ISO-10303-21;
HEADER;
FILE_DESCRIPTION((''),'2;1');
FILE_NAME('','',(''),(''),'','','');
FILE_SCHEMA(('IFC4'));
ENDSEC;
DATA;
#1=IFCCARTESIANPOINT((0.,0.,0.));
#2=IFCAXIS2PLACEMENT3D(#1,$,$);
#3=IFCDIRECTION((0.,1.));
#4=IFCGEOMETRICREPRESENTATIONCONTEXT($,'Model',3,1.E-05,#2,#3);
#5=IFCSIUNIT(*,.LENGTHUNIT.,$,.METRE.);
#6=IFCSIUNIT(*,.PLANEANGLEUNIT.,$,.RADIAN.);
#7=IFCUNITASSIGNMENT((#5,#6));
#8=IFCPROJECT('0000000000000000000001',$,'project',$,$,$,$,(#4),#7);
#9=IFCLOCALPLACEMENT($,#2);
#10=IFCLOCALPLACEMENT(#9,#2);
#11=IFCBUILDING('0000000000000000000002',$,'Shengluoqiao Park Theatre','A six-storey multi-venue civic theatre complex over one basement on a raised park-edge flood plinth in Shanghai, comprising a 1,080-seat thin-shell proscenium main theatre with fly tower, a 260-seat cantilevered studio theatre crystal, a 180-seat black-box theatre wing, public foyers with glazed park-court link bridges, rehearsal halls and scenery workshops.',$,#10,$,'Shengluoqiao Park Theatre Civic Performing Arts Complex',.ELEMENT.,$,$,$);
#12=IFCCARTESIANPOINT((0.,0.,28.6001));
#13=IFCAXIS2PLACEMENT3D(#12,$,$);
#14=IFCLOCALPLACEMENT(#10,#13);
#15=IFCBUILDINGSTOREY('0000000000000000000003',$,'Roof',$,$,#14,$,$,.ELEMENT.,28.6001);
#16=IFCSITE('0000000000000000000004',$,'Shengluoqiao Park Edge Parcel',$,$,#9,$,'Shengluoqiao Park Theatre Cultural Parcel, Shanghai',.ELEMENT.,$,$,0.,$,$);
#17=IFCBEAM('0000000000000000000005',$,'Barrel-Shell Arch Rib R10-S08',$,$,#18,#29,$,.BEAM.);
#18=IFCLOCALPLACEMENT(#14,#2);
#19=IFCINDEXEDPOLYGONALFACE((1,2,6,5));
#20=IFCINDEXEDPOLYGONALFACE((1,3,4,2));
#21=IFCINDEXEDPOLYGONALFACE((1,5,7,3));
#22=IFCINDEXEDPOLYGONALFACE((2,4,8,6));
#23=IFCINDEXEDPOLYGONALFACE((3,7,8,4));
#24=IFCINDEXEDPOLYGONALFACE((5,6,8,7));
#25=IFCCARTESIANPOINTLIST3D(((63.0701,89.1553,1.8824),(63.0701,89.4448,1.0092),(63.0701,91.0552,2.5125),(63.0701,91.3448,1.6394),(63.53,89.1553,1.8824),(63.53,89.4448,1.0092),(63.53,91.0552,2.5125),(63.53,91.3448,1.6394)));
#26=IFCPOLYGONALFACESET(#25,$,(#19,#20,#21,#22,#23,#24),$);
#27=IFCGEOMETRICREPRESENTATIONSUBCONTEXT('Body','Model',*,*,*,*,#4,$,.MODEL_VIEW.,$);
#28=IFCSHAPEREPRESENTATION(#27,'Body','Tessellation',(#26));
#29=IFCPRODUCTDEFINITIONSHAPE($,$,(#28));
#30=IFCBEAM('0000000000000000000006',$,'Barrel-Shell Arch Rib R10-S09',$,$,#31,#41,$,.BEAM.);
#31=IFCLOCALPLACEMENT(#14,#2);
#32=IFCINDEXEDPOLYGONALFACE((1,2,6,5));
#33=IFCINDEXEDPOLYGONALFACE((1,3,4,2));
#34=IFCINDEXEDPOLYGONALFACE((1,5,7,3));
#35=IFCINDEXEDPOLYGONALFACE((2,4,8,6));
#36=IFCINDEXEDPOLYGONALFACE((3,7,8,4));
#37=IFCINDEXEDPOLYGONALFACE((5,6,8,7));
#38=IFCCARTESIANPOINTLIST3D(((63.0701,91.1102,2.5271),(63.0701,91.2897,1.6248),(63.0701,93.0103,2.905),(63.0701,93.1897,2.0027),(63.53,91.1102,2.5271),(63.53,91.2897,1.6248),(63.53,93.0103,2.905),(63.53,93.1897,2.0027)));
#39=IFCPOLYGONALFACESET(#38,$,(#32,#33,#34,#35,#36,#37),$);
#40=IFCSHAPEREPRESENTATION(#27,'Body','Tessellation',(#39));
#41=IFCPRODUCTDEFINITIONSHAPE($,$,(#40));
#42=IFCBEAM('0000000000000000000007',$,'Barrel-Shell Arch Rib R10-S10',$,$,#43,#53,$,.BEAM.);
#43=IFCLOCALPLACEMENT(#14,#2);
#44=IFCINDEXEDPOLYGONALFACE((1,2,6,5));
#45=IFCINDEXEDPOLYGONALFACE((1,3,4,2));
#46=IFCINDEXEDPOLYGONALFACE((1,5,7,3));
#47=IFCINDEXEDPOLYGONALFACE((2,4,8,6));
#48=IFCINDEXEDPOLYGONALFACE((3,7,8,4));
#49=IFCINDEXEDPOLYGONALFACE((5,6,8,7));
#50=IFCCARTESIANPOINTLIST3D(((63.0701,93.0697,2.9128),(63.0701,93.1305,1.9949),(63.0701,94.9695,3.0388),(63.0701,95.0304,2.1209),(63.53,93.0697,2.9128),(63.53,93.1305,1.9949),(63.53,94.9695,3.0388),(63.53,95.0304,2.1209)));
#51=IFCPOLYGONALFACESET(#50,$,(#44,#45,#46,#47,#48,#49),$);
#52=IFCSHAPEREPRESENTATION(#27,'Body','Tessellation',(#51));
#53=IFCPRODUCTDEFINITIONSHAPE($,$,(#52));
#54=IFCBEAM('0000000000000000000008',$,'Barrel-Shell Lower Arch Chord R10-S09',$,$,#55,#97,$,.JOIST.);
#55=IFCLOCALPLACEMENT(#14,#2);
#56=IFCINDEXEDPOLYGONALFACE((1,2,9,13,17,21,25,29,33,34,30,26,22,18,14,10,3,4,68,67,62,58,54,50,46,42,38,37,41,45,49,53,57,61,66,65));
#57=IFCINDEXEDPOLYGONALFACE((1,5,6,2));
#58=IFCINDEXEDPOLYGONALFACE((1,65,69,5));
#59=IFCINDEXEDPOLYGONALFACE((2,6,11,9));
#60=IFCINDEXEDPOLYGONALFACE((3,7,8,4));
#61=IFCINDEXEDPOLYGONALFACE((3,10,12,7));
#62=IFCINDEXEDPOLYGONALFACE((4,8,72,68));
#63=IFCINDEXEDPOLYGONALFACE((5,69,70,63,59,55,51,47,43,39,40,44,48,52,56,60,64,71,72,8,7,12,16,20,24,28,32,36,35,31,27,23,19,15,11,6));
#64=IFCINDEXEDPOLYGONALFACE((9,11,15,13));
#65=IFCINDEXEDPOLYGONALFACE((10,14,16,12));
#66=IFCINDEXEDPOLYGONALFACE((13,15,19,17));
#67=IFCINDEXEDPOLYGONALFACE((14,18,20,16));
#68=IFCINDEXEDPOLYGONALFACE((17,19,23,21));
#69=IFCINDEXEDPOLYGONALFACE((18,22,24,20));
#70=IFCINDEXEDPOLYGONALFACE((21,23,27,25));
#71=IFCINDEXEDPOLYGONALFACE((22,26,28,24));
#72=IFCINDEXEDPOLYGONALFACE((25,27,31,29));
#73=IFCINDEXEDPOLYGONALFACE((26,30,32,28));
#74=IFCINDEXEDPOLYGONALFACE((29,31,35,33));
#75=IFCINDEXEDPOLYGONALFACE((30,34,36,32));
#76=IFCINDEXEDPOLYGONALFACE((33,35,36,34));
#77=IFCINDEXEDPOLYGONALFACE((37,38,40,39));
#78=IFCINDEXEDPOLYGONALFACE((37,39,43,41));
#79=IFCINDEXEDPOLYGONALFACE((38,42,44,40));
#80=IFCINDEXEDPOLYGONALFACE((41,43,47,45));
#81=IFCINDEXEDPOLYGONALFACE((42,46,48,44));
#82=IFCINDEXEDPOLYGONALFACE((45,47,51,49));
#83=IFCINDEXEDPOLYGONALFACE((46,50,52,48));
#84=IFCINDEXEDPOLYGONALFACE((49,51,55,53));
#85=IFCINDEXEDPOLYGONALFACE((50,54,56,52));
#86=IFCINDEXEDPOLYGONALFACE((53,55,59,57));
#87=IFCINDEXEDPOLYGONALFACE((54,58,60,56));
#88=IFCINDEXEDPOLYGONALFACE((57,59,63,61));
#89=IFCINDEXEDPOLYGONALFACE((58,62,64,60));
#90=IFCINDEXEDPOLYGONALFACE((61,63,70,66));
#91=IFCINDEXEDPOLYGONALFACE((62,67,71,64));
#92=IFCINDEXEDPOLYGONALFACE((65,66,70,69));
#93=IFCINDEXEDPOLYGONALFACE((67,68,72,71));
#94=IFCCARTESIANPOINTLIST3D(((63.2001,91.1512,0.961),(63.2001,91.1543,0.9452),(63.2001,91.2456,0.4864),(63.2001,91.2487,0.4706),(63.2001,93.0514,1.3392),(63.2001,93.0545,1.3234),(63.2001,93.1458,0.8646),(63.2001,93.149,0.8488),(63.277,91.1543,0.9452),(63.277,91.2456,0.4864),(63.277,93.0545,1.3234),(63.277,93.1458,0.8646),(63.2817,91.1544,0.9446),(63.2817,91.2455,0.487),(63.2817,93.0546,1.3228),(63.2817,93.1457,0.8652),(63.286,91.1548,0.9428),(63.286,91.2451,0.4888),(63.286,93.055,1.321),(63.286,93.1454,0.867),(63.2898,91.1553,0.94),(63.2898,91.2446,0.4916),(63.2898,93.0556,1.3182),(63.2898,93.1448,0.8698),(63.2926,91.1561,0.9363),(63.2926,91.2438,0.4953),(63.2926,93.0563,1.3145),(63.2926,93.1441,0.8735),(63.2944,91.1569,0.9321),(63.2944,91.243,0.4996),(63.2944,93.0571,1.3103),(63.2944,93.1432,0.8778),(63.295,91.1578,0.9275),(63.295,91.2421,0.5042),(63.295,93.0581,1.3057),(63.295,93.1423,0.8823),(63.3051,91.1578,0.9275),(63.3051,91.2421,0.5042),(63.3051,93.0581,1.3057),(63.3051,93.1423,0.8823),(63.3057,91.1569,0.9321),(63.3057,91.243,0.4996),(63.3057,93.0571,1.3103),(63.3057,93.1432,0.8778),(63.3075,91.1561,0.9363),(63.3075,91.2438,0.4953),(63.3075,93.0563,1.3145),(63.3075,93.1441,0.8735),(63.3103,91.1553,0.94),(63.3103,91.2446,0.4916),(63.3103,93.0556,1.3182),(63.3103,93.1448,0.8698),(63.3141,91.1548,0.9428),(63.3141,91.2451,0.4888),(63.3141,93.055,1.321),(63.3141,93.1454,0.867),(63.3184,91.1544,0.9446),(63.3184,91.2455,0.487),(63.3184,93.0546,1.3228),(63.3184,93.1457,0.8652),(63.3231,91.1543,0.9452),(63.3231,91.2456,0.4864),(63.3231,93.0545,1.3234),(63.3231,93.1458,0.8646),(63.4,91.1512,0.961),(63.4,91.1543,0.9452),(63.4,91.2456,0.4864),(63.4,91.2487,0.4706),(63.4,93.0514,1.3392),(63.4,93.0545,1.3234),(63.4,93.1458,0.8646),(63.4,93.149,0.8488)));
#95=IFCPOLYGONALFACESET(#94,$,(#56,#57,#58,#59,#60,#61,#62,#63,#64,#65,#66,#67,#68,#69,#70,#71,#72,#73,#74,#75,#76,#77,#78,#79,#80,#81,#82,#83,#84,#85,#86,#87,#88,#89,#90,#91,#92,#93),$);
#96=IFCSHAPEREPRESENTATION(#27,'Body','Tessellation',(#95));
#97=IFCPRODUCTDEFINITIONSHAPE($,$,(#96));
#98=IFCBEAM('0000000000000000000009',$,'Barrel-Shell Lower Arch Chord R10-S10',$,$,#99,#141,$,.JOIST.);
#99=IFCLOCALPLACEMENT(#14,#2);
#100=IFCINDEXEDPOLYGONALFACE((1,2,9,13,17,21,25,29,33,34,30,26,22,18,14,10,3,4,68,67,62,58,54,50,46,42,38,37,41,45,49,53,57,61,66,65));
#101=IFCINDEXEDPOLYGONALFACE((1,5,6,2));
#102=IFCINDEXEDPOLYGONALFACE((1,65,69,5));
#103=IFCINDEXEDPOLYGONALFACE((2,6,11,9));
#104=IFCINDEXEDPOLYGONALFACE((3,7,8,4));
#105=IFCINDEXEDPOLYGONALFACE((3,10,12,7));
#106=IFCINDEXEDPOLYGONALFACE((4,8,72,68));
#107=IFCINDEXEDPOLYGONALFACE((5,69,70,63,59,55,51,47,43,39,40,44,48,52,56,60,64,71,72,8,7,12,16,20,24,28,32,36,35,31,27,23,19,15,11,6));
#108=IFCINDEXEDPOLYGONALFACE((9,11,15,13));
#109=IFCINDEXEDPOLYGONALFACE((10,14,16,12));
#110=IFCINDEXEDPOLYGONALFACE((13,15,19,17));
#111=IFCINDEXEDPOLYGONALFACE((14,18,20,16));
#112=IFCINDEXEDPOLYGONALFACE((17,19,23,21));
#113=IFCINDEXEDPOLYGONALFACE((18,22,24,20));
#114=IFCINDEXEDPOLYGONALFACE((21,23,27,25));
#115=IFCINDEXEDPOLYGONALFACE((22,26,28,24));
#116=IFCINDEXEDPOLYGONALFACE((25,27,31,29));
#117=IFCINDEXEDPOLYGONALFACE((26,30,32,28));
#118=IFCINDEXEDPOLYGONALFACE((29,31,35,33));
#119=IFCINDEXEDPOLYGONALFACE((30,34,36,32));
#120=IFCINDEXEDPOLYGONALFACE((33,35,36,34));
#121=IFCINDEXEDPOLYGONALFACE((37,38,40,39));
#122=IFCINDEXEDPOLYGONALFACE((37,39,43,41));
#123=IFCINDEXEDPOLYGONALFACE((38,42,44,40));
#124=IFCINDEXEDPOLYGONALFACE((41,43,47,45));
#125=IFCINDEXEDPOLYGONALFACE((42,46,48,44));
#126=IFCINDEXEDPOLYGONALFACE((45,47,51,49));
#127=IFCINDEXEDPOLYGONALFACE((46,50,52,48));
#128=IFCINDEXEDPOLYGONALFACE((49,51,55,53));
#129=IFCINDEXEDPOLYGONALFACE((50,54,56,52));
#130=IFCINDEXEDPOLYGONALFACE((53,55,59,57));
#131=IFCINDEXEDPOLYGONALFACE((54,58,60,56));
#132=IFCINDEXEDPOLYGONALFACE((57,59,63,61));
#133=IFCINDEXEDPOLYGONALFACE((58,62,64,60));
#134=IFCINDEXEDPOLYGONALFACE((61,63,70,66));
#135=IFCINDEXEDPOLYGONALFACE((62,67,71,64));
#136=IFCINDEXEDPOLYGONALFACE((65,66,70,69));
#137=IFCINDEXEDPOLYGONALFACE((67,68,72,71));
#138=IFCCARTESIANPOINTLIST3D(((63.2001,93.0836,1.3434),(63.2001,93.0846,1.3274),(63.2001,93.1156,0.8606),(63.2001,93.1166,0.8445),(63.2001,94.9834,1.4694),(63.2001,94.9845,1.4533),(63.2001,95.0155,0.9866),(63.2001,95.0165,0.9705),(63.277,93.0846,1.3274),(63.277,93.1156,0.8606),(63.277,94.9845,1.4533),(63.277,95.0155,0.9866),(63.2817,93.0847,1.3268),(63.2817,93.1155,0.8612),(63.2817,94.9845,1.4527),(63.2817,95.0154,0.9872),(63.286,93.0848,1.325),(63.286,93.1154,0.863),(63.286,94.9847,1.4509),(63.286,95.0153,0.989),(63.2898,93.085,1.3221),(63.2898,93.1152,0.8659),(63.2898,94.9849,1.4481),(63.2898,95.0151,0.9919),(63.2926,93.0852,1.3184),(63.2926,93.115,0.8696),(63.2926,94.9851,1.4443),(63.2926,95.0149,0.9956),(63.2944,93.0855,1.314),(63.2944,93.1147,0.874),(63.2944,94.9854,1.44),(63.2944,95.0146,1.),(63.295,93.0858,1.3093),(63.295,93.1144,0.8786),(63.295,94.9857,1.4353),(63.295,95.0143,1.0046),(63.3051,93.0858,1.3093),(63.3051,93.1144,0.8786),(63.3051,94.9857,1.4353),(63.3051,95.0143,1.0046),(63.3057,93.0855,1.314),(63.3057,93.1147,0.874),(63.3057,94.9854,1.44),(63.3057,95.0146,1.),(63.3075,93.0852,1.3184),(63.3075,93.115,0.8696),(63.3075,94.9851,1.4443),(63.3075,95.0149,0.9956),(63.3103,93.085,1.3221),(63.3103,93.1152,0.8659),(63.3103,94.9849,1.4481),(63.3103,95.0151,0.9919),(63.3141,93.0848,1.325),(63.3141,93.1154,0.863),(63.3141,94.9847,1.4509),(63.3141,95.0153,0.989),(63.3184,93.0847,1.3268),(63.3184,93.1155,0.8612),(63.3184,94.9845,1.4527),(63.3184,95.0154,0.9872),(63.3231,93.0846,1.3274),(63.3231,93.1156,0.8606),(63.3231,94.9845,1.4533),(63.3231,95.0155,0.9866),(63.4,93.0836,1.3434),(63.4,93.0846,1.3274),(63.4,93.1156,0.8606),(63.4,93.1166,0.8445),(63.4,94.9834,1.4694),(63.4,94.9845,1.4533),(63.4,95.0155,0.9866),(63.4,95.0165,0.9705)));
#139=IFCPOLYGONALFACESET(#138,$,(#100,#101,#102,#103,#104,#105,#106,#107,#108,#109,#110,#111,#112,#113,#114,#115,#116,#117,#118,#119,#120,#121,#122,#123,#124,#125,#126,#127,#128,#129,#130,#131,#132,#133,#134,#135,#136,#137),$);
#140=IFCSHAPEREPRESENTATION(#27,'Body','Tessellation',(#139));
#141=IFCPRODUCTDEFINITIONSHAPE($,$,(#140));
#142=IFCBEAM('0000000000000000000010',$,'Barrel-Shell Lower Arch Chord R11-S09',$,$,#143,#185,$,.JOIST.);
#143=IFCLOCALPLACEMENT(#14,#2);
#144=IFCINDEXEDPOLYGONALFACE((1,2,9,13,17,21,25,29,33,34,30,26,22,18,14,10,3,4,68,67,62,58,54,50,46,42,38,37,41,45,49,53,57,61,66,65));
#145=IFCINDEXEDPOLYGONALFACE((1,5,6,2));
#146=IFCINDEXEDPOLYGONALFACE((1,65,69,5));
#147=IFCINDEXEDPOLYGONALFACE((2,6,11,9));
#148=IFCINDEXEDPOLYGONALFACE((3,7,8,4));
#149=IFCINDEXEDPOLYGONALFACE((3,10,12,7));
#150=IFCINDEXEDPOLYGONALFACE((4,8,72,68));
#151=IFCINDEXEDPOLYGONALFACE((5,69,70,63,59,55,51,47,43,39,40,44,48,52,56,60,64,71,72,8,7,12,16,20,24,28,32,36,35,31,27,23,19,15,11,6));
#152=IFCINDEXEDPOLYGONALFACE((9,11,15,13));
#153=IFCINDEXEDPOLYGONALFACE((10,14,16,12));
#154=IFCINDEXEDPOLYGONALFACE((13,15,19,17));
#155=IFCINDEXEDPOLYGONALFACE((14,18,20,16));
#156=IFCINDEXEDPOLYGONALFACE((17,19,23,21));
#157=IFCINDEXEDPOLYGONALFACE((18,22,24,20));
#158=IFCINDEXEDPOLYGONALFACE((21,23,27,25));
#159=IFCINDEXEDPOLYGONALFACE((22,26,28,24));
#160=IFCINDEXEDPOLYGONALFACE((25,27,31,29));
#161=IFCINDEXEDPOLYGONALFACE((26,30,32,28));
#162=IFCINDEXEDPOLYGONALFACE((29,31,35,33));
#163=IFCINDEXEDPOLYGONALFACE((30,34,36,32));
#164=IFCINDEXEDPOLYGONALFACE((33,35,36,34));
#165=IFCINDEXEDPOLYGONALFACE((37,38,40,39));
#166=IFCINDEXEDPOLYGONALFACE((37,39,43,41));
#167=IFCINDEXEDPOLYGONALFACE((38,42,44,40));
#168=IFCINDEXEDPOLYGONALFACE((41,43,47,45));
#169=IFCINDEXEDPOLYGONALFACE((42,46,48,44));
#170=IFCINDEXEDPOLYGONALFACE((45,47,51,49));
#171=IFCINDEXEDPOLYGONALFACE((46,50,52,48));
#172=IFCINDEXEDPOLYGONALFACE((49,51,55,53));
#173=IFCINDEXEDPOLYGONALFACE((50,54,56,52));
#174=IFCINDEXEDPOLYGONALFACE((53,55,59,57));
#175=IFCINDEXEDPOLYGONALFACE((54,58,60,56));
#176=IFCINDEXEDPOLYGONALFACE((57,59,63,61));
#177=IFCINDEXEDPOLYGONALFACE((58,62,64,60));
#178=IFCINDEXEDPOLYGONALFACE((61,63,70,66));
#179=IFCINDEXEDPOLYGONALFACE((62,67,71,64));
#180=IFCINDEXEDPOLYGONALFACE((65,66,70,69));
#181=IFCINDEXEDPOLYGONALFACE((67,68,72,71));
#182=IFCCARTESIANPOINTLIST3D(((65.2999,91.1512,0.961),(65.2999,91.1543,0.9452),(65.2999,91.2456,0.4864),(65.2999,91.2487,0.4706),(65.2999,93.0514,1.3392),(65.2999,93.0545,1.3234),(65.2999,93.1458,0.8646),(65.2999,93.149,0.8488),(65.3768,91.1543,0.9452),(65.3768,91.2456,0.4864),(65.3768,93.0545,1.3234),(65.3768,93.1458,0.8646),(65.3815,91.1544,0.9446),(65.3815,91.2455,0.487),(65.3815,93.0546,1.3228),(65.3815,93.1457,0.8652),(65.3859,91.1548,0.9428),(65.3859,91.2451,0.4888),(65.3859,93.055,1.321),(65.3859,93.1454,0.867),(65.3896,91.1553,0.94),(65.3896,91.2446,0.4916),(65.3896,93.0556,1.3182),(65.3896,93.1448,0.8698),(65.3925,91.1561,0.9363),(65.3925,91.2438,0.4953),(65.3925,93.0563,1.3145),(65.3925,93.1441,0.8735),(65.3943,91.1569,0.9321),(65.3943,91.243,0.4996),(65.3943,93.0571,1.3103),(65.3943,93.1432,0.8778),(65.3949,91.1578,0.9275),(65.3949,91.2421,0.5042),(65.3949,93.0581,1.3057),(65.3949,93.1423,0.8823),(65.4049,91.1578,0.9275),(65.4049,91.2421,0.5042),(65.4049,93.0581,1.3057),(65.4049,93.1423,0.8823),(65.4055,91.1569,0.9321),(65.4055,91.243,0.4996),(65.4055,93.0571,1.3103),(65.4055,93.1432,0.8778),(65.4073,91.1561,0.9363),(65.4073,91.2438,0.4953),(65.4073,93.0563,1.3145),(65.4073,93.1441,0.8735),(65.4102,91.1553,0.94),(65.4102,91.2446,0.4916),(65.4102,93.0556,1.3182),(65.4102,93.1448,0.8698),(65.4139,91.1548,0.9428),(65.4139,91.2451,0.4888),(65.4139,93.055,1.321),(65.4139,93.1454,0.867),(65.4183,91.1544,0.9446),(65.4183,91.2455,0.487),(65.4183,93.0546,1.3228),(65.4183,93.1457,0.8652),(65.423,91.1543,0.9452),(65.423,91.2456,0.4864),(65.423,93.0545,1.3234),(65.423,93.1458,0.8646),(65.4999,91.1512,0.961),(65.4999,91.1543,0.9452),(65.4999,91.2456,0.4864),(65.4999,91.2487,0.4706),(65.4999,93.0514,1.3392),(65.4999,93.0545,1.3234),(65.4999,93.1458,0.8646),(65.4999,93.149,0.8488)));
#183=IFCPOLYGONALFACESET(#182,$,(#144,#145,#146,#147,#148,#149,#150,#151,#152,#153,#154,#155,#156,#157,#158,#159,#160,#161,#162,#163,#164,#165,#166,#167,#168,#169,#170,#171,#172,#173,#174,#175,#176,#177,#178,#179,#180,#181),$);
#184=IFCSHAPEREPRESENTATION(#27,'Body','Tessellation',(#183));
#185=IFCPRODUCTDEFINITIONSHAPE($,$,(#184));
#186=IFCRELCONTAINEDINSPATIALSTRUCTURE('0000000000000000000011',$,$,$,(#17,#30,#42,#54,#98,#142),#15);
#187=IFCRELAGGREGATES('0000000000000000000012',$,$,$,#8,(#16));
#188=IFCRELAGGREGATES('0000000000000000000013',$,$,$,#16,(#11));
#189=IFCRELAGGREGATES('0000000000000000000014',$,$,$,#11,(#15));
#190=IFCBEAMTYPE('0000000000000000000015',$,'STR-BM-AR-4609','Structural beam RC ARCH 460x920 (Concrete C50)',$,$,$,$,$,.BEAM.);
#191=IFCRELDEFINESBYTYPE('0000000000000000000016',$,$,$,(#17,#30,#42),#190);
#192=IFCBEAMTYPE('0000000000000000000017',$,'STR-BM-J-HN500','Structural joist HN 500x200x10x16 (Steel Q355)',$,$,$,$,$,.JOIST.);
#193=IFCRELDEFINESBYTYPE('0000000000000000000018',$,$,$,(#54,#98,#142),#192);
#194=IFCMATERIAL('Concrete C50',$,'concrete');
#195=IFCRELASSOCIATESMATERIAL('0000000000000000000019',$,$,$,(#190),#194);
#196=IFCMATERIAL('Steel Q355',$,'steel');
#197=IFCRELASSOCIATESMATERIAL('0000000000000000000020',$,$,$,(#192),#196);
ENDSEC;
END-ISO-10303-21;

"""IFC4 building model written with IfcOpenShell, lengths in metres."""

from ifc_helpers import new_model, si_unit, direction, frame, origin, origin_2d, place, context, subcontext, project, spatial, rectangle, i_section, extrude, material, material_profile, profile_set, type_object, element, save


model = new_model("IFC4")

# Units and contexts
model_context = context("Model", 3, precision=1e-05, world=origin(), true_north=direction((0.0, 1.0)))
body_context = subcontext(model_context, "Body", "Model", "MODEL_VIEW")
ifc_project = project(units=[si_unit("LENGTHUNIT", "METRE"), si_unit("PLANEANGLEUNIT", "RADIAN")], contexts=[model_context])

# Site, building, storey
site_placement = place(None, origin())
site = spatial("IfcSite", under=ifc_project, at=site_placement, Name="Shengluoqiao Park Edge Parcel", LongName="Shengluoqiao Park Theatre Cultural Parcel, Shanghai", CompositionType="ELEMENT", RefElevation=0.0)
building_placement = place(site_placement, origin())
building = spatial("IfcBuilding", under=site, at=building_placement, Name="Shengluoqiao Park Theatre", Description="A six-storey multi-venue civic theatre complex over one basement on a raised park-edge flood plinth in Shanghai, comprising a 1,080-seat thin-shell proscenium main theatre with fly tower, a 260-seat cantilevered studio theatre crystal, a 180-seat black-box theatre wing, public foyers with glazed park-court link bridges, rehearsal halls and scenery workshops.", LongName="Shengluoqiao Park Theatre Civic Performing Arts Complex", CompositionType="ELEMENT")
storey_placement = place(building_placement, frame((0.0, 0.0, 28.6001)))
storey = spatial("IfcBuildingStorey", under=building, at=storey_placement, Name="Roof", CompositionType="ELEMENT", Elevation=28.6001)

# Beams
ifc_material_1 = material(Name="Concrete C50", Category="concrete")
ifc_material_profile_1 = material_profile(ifc_material_1, rectangle(XDim=0.46, YDim=0.9199, at=origin_2d()), Name="RC ARCH 460x920")
ifc_profile_set_1 = profile_set([ifc_material_profile_1], Name="Concrete C50")
beam_type_1 = type_object("IfcBeamType", Name="STR-BM-AR-4609", Description="Structural beam RC ARCH 460x920 (Concrete C50)", PredefinedType="BEAM", material=ifc_profile_set_1)
beam_1_placement = place(storey_placement, frame((63.3, 89.3, 1.4458), z_axis=(0.0, 0.949158, 0.3148), x_axis=(-1.0, 0.0, 0.0)))
element("IfcBeam", 1, at=beam_1_placement, inside=storey, type_object=beam_type_1, Name="Barrel-Shell Arch Rib R10-S08", PredefinedType="BEAM", context=body_context, shape_type="SweptSolid", body=[
    extrude(rectangle(XDim=0.46, YDim=0.9199, at=origin_2d()), origin(), (0.0, 0.0, 1.0), 2.0017),
])
beam_2_placement = place(storey_placement, frame((63.3, 91.2, 2.0759), z_axis=(0.0, 0.980789, 0.195074), x_axis=(-1.0, 0.0, 0.0)))
element("IfcBeam", 2, at=beam_2_placement, inside=storey, type_object=beam_type_1, Name="Barrel-Shell Arch Rib R10-S09", PredefinedType="BEAM", context=body_context, shape_type="SweptSolid", body=[
    extrude(rectangle(XDim=0.46, YDim=0.9199, at=origin_2d()), origin(), (0.0, 0.0, 1.0), 1.9373),
])
beam_3_placement = place(storey_placement, frame((63.3, 93.1001, 2.4539), z_axis=(0.0, 0.997809, 0.066162), x_axis=(-1.0, 0.0, 0.0)))
element("IfcBeam", 3, at=beam_3_placement, inside=storey, type_object=beam_type_1, Name="Barrel-Shell Arch Rib R10-S10", PredefinedType="BEAM", context=body_context, shape_type="SweptSolid", body=[
    extrude(rectangle(XDim=0.46, YDim=0.9199, at=origin_2d()), origin(), (0.0, 0.0, 1.0), 1.9041),
])
ifc_material_2 = material(Name="Steel Q355", Category="steel")
ifc_material_profile_2 = material_profile(ifc_material_2, i_section(OverallWidth=0.2, OverallDepth=0.5, WebThickness=0.01, FlangeThickness=0.0161, FilletRadius=0.0181, at=origin_2d()), Name="HN 500x200x10x16")
ifc_profile_set_2 = profile_set([ifc_material_profile_2], Name="Steel Q355")
beam_type_2 = type_object("IfcBeamType", Name="STR-BM-J-HN500", Description="Structural joist HN 500x200x10x16 (Steel Q355)", PredefinedType="JOIST", material=ifc_profile_set_2)
beam_4_placement = place(storey_placement, frame((63.3, 91.2, 0.7158), z_axis=(0.0, 0.980764, 0.195195), x_axis=(-1.0, 0.0, 0.0)))
element("IfcBeam", 4, at=beam_4_placement, inside=storey, type_object=beam_type_2, Name="Barrel-Shell Lower Arch Chord R10-S09", PredefinedType="JOIST", context=body_context, shape_type="SweptSolid", body=[
    extrude(i_section(OverallWidth=0.2, OverallDepth=0.5, WebThickness=0.01, FlangeThickness=0.0161, FilletRadius=0.0181, at=origin_2d()), origin(), (0.0, 0.0, 1.0), 1.9375),
])
beam_5_placement = place(storey_placement, frame((63.3, 93.1001, 1.094), z_axis=(0.0, 0.997809, 0.066162), x_axis=(-1.0, 0.0, 0.0)))
element("IfcBeam", 5, at=beam_5_placement, inside=storey, type_object=beam_type_2, Name="Barrel-Shell Lower Arch Chord R10-S10", PredefinedType="JOIST", context=body_context, shape_type="SweptSolid", body=[
    extrude(i_section(OverallWidth=0.2, OverallDepth=0.5, WebThickness=0.01, FlangeThickness=0.0161, FilletRadius=0.0181, at=origin_2d()), origin(), (0.0, 0.0, 1.0), 1.9041),
])
beam_6_placement = place(storey_placement, frame((65.3999, 91.2, 0.7158), z_axis=(0.0, 0.980764, 0.195195), x_axis=(-1.0, 0.0, 0.0)))
element("IfcBeam", 6, at=beam_6_placement, inside=storey, type_object=beam_type_2, Name="Barrel-Shell Lower Arch Chord R11-S09", PredefinedType="JOIST", context=body_context, shape_type="SweptSolid", body=[
    extrude(i_section(OverallWidth=0.2, OverallDepth=0.5, WebThickness=0.01, FlangeThickness=0.0161, FilletRadius=0.0181, at=origin_2d()), origin(), (0.0, 0.0, 1.0), 1.9375),
])

save(model, "model.ifc")
